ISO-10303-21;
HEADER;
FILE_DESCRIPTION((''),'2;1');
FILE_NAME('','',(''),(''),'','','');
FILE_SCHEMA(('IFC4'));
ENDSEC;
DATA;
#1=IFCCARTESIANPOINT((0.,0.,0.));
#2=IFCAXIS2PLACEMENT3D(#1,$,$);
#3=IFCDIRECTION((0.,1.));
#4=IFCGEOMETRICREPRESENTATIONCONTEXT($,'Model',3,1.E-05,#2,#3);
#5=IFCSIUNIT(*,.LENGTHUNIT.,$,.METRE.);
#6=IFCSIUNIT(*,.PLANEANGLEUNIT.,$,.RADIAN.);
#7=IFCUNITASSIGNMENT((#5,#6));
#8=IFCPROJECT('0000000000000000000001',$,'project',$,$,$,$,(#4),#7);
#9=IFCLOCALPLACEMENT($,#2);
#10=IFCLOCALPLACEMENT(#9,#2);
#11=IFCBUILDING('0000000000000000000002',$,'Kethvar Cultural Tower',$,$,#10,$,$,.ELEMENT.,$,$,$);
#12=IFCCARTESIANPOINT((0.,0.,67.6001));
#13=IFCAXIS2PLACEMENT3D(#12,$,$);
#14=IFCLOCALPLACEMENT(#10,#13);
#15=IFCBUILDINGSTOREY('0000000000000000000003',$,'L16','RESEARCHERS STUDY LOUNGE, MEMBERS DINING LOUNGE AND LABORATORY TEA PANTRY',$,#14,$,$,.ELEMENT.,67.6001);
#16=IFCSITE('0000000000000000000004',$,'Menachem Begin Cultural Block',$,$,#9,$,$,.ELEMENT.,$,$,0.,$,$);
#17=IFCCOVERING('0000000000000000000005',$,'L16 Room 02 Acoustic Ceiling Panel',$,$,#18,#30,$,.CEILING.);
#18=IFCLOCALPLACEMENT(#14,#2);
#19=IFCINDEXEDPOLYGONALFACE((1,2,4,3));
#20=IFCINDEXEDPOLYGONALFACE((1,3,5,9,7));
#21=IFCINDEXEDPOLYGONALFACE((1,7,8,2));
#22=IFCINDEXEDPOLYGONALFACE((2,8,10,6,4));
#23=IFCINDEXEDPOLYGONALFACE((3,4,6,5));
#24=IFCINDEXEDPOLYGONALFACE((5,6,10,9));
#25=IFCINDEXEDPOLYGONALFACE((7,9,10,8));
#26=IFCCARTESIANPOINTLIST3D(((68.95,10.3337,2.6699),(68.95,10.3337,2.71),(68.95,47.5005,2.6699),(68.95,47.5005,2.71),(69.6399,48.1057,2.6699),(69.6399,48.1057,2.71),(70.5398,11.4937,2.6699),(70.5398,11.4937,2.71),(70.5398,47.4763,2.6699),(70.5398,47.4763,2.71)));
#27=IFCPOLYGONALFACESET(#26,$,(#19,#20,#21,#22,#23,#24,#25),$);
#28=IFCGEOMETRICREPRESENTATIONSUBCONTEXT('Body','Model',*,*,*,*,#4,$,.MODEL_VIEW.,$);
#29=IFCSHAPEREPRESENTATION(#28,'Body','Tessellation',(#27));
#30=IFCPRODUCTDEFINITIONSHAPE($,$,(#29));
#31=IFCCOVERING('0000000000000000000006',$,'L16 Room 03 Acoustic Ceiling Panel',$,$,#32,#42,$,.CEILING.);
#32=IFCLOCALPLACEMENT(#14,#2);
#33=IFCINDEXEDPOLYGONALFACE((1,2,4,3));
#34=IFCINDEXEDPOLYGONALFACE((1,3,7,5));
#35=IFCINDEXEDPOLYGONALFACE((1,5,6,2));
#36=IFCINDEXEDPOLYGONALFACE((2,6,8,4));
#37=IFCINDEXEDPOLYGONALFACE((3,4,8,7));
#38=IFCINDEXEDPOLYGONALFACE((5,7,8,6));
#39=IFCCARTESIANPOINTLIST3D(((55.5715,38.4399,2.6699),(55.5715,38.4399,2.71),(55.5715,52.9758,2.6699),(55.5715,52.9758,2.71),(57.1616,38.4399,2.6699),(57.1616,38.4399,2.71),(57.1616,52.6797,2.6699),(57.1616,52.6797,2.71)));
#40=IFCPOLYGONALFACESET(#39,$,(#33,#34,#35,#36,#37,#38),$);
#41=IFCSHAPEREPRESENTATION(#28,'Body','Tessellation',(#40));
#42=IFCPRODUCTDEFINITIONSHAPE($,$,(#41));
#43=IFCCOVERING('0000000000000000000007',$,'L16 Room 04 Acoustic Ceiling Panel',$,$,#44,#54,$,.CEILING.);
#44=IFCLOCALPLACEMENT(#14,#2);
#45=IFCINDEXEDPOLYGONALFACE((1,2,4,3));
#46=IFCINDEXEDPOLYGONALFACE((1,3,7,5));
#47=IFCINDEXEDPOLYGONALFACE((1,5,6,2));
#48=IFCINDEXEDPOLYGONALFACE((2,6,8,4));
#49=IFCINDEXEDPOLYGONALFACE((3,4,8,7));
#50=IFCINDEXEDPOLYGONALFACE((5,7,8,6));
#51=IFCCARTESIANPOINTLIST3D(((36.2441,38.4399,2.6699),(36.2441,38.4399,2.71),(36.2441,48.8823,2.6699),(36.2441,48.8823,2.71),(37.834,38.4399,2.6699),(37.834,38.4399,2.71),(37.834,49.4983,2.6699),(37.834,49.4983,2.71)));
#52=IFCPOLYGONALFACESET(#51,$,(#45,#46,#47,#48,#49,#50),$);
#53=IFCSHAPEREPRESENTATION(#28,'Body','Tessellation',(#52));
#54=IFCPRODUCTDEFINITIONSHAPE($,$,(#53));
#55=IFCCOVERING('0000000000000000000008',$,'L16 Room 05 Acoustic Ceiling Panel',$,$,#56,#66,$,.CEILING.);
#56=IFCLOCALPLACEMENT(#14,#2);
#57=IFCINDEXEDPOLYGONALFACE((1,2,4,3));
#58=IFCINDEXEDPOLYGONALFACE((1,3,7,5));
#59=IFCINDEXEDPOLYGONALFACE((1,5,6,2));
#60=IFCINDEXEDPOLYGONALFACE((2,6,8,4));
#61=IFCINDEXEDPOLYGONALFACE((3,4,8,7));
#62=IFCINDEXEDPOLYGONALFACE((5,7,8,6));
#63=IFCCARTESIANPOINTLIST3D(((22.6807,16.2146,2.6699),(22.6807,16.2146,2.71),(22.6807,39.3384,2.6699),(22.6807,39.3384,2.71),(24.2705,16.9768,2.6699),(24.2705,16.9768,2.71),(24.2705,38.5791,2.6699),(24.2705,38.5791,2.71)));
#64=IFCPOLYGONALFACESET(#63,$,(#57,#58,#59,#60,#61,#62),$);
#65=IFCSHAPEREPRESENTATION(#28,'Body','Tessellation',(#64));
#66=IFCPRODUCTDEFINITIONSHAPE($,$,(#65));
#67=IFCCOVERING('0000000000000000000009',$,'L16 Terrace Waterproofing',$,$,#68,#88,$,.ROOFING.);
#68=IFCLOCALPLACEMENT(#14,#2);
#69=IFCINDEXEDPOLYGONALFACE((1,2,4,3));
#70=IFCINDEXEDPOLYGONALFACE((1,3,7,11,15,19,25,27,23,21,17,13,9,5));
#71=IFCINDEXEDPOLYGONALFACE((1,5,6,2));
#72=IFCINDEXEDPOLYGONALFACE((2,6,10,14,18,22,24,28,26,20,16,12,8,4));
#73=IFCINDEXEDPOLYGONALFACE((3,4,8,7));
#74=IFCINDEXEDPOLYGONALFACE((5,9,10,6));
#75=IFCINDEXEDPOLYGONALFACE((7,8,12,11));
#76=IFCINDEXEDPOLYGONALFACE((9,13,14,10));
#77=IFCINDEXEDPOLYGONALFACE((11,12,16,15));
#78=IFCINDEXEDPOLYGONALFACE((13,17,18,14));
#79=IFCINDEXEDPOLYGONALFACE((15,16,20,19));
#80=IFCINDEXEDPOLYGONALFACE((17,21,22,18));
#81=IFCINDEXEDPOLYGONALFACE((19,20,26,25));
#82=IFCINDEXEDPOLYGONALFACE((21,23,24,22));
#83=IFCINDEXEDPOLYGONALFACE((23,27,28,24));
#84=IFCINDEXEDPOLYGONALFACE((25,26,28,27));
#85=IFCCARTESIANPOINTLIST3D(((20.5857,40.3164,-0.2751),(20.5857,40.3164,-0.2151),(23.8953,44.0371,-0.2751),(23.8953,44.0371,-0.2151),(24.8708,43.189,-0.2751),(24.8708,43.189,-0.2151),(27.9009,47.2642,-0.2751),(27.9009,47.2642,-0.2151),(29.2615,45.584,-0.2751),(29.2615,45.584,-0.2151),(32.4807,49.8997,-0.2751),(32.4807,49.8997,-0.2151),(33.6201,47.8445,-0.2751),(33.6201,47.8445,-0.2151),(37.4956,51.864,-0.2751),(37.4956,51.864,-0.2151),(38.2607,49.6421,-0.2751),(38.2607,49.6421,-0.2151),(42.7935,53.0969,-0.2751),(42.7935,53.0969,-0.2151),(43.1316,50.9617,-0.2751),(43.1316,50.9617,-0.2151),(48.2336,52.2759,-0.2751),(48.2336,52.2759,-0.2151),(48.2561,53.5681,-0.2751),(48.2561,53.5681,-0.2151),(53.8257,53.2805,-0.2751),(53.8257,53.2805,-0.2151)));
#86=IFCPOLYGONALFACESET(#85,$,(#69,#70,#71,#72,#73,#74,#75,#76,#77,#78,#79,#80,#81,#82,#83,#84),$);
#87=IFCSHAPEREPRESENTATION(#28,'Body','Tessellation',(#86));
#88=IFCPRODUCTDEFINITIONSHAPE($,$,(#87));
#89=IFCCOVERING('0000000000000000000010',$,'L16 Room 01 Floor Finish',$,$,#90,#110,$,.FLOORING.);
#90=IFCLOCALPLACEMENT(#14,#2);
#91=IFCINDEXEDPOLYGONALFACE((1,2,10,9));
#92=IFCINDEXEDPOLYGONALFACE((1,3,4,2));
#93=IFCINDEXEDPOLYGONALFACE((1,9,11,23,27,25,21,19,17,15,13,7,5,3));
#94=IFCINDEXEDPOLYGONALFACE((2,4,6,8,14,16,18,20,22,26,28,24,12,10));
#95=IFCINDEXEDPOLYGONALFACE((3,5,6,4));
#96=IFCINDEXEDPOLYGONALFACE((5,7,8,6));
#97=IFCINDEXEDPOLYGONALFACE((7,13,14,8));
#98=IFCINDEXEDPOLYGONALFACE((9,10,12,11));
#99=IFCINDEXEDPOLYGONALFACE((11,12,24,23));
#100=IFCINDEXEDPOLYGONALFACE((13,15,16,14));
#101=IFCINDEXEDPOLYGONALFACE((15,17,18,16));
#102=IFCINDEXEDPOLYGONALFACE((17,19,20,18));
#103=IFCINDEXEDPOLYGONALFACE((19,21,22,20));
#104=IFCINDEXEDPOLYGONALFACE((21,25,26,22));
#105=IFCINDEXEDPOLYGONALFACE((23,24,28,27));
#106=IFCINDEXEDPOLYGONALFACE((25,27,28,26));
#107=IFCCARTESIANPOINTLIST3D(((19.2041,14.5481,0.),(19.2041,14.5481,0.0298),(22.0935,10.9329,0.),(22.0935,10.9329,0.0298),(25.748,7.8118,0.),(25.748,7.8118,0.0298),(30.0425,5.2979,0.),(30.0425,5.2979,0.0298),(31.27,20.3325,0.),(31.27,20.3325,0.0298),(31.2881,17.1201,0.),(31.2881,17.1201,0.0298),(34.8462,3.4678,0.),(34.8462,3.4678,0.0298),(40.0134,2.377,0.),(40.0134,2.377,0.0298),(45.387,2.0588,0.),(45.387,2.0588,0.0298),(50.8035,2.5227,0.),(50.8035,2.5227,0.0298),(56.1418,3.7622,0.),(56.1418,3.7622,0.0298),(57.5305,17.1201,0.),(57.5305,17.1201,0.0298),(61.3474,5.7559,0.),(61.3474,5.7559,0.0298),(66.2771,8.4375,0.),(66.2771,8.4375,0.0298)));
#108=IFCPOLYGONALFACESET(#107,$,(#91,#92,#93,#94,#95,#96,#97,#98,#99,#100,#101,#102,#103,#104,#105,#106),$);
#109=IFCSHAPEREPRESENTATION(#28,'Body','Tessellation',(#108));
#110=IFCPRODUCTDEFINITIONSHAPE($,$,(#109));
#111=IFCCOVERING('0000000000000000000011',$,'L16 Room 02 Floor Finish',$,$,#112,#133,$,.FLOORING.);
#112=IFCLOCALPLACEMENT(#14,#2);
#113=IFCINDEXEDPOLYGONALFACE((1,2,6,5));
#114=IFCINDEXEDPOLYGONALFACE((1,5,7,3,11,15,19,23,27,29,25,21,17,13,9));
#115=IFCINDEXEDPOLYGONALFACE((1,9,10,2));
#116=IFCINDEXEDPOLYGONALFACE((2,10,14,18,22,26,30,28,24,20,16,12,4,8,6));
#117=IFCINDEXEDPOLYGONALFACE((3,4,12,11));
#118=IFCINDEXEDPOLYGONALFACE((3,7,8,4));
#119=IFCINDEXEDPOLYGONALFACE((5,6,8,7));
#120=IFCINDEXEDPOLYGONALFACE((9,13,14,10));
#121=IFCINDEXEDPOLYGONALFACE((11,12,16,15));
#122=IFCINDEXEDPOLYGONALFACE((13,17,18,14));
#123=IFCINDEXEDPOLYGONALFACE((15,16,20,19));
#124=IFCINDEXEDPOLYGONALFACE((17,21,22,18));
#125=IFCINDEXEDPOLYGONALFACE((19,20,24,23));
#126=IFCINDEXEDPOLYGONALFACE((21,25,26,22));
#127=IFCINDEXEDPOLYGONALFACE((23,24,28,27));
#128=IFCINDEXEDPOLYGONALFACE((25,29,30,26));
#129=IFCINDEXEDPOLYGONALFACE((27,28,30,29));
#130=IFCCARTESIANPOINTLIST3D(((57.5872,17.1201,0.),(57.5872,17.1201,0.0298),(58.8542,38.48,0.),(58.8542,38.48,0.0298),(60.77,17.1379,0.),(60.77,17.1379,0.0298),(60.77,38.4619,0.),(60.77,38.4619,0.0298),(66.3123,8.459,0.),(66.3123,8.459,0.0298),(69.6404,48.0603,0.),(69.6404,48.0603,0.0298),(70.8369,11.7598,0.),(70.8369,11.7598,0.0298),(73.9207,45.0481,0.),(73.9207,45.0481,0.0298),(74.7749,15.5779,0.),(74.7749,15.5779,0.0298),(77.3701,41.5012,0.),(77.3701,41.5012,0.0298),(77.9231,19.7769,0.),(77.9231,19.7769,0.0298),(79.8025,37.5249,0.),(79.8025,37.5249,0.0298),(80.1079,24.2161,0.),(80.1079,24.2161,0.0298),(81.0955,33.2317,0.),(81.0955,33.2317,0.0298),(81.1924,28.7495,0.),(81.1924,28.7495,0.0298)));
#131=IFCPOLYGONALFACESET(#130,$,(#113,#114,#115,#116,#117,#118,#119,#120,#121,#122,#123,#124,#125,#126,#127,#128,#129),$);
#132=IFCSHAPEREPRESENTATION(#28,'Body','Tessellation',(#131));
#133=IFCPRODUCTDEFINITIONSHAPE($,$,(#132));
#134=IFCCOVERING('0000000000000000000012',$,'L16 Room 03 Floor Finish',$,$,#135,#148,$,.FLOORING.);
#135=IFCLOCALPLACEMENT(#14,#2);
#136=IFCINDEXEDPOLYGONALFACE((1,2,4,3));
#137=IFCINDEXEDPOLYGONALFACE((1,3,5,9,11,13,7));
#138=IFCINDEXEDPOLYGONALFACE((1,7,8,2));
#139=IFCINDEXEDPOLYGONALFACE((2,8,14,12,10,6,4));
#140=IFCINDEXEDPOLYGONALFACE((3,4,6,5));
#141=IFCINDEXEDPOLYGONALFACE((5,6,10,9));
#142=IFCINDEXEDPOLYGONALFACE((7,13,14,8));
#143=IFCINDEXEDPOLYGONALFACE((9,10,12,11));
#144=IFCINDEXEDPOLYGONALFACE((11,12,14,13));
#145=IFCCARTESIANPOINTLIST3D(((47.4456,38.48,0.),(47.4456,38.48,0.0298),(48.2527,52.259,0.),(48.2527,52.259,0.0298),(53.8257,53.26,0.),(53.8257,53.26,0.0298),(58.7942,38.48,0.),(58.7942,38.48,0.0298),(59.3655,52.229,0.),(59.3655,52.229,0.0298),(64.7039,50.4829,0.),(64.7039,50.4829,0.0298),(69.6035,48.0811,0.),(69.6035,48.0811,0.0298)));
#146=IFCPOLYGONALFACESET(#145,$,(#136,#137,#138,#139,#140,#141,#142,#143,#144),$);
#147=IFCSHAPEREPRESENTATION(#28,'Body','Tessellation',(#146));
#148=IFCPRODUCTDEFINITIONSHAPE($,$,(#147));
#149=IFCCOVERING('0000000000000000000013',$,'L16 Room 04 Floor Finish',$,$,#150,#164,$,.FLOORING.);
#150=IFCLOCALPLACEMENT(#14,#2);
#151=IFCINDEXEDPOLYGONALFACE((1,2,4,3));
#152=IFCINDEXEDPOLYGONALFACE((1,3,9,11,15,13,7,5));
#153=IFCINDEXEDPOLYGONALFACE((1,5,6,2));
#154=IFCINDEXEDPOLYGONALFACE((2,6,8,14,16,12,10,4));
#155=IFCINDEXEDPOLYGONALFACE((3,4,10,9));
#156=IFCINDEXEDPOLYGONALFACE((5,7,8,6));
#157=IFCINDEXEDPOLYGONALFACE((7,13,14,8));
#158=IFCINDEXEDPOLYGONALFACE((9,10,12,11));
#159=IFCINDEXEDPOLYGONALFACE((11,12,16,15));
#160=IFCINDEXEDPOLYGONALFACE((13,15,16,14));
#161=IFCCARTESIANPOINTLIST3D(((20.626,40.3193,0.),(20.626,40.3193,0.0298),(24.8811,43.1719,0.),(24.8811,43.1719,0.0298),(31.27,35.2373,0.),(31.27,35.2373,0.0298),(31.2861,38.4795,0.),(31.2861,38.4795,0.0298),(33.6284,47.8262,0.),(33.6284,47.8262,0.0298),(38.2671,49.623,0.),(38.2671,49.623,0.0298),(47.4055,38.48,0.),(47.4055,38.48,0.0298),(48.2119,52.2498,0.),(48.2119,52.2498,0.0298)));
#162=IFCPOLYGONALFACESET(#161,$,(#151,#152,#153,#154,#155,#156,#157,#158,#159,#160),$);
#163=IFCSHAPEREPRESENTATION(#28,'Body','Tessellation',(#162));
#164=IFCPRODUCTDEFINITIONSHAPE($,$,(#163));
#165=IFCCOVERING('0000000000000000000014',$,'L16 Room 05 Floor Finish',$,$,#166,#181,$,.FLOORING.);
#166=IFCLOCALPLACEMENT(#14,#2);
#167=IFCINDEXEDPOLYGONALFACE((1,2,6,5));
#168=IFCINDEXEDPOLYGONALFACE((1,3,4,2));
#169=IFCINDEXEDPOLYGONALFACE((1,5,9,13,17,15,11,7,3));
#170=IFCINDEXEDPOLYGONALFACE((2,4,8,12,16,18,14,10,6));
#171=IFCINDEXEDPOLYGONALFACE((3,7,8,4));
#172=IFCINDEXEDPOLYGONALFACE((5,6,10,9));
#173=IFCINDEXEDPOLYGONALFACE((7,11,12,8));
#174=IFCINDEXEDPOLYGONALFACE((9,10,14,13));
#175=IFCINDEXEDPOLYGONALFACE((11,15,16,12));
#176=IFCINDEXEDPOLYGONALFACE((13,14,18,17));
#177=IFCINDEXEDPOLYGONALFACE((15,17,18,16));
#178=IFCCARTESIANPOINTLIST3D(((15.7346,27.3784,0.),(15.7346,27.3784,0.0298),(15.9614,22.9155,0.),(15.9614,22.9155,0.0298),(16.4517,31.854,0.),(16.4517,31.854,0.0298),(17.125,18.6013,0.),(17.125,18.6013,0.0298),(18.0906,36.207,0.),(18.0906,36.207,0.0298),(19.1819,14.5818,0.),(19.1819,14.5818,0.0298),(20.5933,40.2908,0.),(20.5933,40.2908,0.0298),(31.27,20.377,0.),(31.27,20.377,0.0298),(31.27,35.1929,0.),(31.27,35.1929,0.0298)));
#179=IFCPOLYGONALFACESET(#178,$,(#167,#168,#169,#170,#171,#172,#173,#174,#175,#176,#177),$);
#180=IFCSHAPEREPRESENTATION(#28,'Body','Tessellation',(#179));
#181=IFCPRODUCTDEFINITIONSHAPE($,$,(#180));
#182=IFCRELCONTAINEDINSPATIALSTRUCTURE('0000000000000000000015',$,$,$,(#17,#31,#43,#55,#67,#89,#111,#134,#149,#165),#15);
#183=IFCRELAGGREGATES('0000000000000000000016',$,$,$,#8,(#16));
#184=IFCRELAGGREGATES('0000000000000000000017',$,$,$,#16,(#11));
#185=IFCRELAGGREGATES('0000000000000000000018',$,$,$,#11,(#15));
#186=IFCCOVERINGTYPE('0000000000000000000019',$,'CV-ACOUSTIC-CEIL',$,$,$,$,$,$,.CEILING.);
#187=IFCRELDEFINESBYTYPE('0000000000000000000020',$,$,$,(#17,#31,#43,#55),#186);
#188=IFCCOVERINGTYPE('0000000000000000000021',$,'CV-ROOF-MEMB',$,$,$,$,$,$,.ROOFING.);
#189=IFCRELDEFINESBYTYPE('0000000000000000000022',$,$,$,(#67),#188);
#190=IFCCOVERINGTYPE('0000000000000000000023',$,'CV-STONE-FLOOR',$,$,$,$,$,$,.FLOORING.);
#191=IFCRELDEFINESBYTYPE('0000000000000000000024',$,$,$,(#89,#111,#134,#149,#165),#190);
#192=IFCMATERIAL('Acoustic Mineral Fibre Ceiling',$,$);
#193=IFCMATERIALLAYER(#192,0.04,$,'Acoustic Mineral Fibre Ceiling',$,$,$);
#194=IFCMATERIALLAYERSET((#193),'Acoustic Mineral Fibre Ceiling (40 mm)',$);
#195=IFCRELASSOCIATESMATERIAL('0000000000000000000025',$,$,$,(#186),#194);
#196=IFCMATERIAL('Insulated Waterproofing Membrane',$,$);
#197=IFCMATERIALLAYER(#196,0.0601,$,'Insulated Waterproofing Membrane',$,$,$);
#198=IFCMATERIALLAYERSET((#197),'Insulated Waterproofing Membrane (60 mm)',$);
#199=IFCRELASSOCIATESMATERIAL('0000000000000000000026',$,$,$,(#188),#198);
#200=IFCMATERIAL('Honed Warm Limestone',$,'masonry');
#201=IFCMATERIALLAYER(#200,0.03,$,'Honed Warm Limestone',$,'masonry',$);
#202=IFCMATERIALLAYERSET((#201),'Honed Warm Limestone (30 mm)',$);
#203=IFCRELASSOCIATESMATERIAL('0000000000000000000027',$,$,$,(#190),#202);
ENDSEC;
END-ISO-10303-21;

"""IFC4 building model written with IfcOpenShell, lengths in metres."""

from ifc_helpers import new_model, si_unit, direction, frame, origin, place, context, subcontext, project, spatial, polyline, outline, extrude, material, layer, layer_set, type_object, element, save


model = new_model("IFC4")

# Units and contexts
model_context = context("Model", 3, precision=1e-05, world=origin(), true_north=direction((0.0, 1.0)))
body_context = subcontext(model_context, "Body", "Model", "MODEL_VIEW")
ifc_project = project(units=[si_unit("LENGTHUNIT", "METRE"), si_unit("PLANEANGLEUNIT", "RADIAN")], contexts=[model_context])

# Site, building, storey
site_placement = place(None, origin())
site = spatial("IfcSite", under=ifc_project, at=site_placement, Name="Menachem Begin Cultural Block", CompositionType="ELEMENT", RefElevation=0.0)
building_placement = place(site_placement, origin())
building = spatial("IfcBuilding", under=site, at=building_placement, Name="Kethvar Cultural Tower", CompositionType="ELEMENT")
storey_placement = place(building_placement, frame((0.0, 0.0, 67.6001)))
storey = spatial("IfcBuildingStorey", under=building, at=storey_placement, Name="L16", Description="RESEARCHERS STUDY LOUNGE, MEMBERS DINING LOUNGE AND LABORATORY TEA PANTRY", CompositionType="ELEMENT", Elevation=67.6001)

# Coverings
ifc_material_1 = material(Name="Acoustic Mineral Fibre Ceiling")
ifc_layer_1 = layer(ifc_material_1, 0.04, Name="Acoustic Mineral Fibre Ceiling")
ifc_layer_set_1 = layer_set([ifc_layer_1], Name="Acoustic Mineral Fibre Ceiling (40 mm)")
covering_type_1 = type_object("IfcCoveringType", Name="CV-ACOUSTIC-CEIL", PredefinedType="CEILING", material=ifc_layer_set_1)
covering_1_placement = place(storey_placement, frame((0.0, 0.0, 2.6699)))
element("IfcCovering", 1, at=covering_1_placement, inside=storey, type_object=covering_type_1, Name="L16 Room 02 Acoustic Ceiling Panel", PredefinedType="CEILING", context=body_context, shape_type="SweptSolid", body=[
    extrude(outline(polyline([(68.95, 10.3337), (68.95, 47.5005), (69.6399, 48.1057), (70.5398, 47.4763), (70.5398, 11.4937), (68.95, 10.3337)])), origin(), (0.0, 0.0, 1.0), 0.04),
])
covering_2_placement = place(storey_placement, frame((0.0, 0.0, 2.6699)))
element("IfcCovering", 2, at=covering_2_placement, inside=storey, type_object=covering_type_1, Name="L16 Room 03 Acoustic Ceiling Panel", PredefinedType="CEILING", context=body_context, shape_type="SweptSolid", body=[
    extrude(outline(polyline([(57.1616, 52.6797), (57.1616, 38.4399), (55.5715, 38.4399), (55.5715, 52.9758), (57.1616, 52.6797)])), origin(), (0.0, 0.0, 1.0), 0.04),
])
covering_3_placement = place(storey_placement, frame((0.0, 0.0, 2.6699)))
element("IfcCovering", 3, at=covering_3_placement, inside=storey, type_object=covering_type_1, Name="L16 Room 04 Acoustic Ceiling Panel", PredefinedType="CEILING", context=body_context, shape_type="SweptSolid", body=[
    extrude(outline(polyline([(37.834, 49.4983), (37.834, 38.4399), (36.2441, 38.4399), (36.2441, 48.8823), (37.834, 49.4983)])), origin(), (0.0, 0.0, 1.0), 0.04),
])
covering_4_placement = place(storey_placement, frame((0.0, 0.0, 2.6699)))
element("IfcCovering", 4, at=covering_4_placement, inside=storey, type_object=covering_type_1, Name="L16 Room 05 Acoustic Ceiling Panel", PredefinedType="CEILING", context=body_context, shape_type="SweptSolid", body=[
    extrude(outline(polyline([(24.2705, 38.5791), (24.2705, 16.9768), (22.6807, 16.2146), (22.6807, 39.3384), (24.2705, 38.5791)])), origin(), (0.0, 0.0, 1.0), 0.04),
])
ifc_material_2 = material(Name="Insulated Waterproofing Membrane")
ifc_layer_2 = layer(ifc_material_2, 0.0601, Name="Insulated Waterproofing Membrane")
ifc_layer_set_2 = layer_set([ifc_layer_2], Name="Insulated Waterproofing Membrane (60 mm)")
covering_type_2 = type_object("IfcCoveringType", Name="CV-ROOF-MEMB", PredefinedType="ROOFING", material=ifc_layer_set_2)
covering_5_placement = place(storey_placement, frame((0.0, 0.0, -0.2751)))
element("IfcCovering", 5, at=covering_5_placement, inside=storey, type_object=covering_type_2, Name="L16 Terrace Waterproofing", PredefinedType="ROOFING", context=body_context, shape_type="SweptSolid", body=[
    extrude(outline(polyline([(53.8257, 53.2805), (48.2561, 53.5681), (42.7935, 53.0969), (37.4956, 51.864), (32.4807, 49.8997), (27.9009, 47.2642), (23.8953, 44.0371), (20.5857, 40.3164), (24.8708, 43.189), (29.2615, 45.584), (33.6201, 47.8445), (38.2607, 49.6421), (43.1316, 50.9617), (48.2336, 52.2759), (53.8257, 53.2805)])), origin(), (0.0, 0.0, 1.0), 0.0601),
])
ifc_material_3 = material(Name="Honed Warm Limestone", Category="masonry")
ifc_layer_3 = layer(ifc_material_3, 0.03, Name="Honed Warm Limestone", Category="masonry")
ifc_layer_set_3 = layer_set([ifc_layer_3], Name="Honed Warm Limestone (30 mm)")
covering_type_3 = type_object("IfcCoveringType", Name="CV-STONE-FLOOR", PredefinedType="FLOORING", material=ifc_layer_set_3)
covering_6_placement = place(storey_placement, origin())
element("IfcCovering", 6, at=covering_6_placement, inside=storey, type_object=covering_type_3, Name="L16 Room 01 Floor Finish", PredefinedType="FLOORING", context=body_context, shape_type="SweptSolid", body=[
    extrude(outline(polyline([(61.3474, 5.7559), (56.1418, 3.7622), (50.8035, 2.5227), (45.387, 2.0588), (40.0134, 2.377), (34.8462, 3.4678), (30.0425, 5.2979), (25.748, 7.8118), (22.0935, 10.9329), (19.2041, 14.5481), (31.27, 20.3325), (31.2881, 17.1201), (57.5305, 17.1201), (66.2771, 8.4375), (61.3474, 5.7559)])), origin(), (0.0, 0.0, 1.0), 0.0298),
])
covering_7_placement = place(storey_placement, origin())
element("IfcCovering", 7, at=covering_7_placement, inside=storey, type_object=covering_type_3, Name="L16 Room 02 Floor Finish", PredefinedType="FLOORING", context=body_context, shape_type="SweptSolid", body=[
    extrude(outline(polyline([(80.1079, 24.2161), (77.9231, 19.7769), (74.7749, 15.5779), (70.8369, 11.7598), (66.3123, 8.459), (57.5872, 17.1201), (60.77, 17.1379), (60.77, 38.4619), (58.8542, 38.48), (69.6404, 48.0603), (73.9207, 45.0481), (77.3701, 41.5012), (79.8025, 37.5249), (81.0955, 33.2317), (81.1924, 28.7495), (80.1079, 24.2161)])), origin(), (0.0, 0.0, 1.0), 0.0298),
])
covering_8_placement = place(storey_placement, origin())
element("IfcCovering", 8, at=covering_8_placement, inside=storey, type_object=covering_type_3, Name="L16 Room 03 Floor Finish", PredefinedType="FLOORING", context=body_context, shape_type="SweptSolid", body=[
    extrude(outline(polyline([(53.8257, 53.26), (59.3655, 52.229), (64.7039, 50.4829), (69.6035, 48.0811), (58.7942, 38.48), (47.4456, 38.48), (48.2527, 52.259), (53.8257, 53.26)])), origin(), (0.0, 0.0, 1.0), 0.0298),
])
covering_9_placement = place(storey_placement, origin())
element("IfcCovering", 9, at=covering_9_placement, inside=storey, type_object=covering_type_3, Name="L16 Room 04 Floor Finish", PredefinedType="FLOORING", context=body_context, shape_type="SweptSolid", body=[
    extrude(outline(polyline([(24.8811, 43.1719), (33.6284, 47.8262), (38.2671, 49.623), (48.2119, 52.2498), (47.4055, 38.48), (31.2861, 38.4795), (31.27, 35.2373), (20.626, 40.3193), (24.8811, 43.1719)])), origin(), (0.0, 0.0, 1.0), 0.0298),
])
covering_10_placement = place(storey_placement, origin())
element("IfcCovering", 10, at=covering_10_placement, inside=storey, type_object=covering_type_3, Name="L16 Room 05 Floor Finish", PredefinedType="FLOORING", context=body_context, shape_type="SweptSolid", body=[
    extrude(outline(polyline([(17.125, 18.6013), (15.9614, 22.9155), (15.7346, 27.3784), (16.4517, 31.854), (18.0906, 36.207), (20.5933, 40.2908), (31.27, 35.1929), (31.27, 20.377), (19.1819, 14.5818), (17.125, 18.6013)])), origin(), (0.0, 0.0, 1.0), 0.0298),
])

save(model, "model.ifc")
